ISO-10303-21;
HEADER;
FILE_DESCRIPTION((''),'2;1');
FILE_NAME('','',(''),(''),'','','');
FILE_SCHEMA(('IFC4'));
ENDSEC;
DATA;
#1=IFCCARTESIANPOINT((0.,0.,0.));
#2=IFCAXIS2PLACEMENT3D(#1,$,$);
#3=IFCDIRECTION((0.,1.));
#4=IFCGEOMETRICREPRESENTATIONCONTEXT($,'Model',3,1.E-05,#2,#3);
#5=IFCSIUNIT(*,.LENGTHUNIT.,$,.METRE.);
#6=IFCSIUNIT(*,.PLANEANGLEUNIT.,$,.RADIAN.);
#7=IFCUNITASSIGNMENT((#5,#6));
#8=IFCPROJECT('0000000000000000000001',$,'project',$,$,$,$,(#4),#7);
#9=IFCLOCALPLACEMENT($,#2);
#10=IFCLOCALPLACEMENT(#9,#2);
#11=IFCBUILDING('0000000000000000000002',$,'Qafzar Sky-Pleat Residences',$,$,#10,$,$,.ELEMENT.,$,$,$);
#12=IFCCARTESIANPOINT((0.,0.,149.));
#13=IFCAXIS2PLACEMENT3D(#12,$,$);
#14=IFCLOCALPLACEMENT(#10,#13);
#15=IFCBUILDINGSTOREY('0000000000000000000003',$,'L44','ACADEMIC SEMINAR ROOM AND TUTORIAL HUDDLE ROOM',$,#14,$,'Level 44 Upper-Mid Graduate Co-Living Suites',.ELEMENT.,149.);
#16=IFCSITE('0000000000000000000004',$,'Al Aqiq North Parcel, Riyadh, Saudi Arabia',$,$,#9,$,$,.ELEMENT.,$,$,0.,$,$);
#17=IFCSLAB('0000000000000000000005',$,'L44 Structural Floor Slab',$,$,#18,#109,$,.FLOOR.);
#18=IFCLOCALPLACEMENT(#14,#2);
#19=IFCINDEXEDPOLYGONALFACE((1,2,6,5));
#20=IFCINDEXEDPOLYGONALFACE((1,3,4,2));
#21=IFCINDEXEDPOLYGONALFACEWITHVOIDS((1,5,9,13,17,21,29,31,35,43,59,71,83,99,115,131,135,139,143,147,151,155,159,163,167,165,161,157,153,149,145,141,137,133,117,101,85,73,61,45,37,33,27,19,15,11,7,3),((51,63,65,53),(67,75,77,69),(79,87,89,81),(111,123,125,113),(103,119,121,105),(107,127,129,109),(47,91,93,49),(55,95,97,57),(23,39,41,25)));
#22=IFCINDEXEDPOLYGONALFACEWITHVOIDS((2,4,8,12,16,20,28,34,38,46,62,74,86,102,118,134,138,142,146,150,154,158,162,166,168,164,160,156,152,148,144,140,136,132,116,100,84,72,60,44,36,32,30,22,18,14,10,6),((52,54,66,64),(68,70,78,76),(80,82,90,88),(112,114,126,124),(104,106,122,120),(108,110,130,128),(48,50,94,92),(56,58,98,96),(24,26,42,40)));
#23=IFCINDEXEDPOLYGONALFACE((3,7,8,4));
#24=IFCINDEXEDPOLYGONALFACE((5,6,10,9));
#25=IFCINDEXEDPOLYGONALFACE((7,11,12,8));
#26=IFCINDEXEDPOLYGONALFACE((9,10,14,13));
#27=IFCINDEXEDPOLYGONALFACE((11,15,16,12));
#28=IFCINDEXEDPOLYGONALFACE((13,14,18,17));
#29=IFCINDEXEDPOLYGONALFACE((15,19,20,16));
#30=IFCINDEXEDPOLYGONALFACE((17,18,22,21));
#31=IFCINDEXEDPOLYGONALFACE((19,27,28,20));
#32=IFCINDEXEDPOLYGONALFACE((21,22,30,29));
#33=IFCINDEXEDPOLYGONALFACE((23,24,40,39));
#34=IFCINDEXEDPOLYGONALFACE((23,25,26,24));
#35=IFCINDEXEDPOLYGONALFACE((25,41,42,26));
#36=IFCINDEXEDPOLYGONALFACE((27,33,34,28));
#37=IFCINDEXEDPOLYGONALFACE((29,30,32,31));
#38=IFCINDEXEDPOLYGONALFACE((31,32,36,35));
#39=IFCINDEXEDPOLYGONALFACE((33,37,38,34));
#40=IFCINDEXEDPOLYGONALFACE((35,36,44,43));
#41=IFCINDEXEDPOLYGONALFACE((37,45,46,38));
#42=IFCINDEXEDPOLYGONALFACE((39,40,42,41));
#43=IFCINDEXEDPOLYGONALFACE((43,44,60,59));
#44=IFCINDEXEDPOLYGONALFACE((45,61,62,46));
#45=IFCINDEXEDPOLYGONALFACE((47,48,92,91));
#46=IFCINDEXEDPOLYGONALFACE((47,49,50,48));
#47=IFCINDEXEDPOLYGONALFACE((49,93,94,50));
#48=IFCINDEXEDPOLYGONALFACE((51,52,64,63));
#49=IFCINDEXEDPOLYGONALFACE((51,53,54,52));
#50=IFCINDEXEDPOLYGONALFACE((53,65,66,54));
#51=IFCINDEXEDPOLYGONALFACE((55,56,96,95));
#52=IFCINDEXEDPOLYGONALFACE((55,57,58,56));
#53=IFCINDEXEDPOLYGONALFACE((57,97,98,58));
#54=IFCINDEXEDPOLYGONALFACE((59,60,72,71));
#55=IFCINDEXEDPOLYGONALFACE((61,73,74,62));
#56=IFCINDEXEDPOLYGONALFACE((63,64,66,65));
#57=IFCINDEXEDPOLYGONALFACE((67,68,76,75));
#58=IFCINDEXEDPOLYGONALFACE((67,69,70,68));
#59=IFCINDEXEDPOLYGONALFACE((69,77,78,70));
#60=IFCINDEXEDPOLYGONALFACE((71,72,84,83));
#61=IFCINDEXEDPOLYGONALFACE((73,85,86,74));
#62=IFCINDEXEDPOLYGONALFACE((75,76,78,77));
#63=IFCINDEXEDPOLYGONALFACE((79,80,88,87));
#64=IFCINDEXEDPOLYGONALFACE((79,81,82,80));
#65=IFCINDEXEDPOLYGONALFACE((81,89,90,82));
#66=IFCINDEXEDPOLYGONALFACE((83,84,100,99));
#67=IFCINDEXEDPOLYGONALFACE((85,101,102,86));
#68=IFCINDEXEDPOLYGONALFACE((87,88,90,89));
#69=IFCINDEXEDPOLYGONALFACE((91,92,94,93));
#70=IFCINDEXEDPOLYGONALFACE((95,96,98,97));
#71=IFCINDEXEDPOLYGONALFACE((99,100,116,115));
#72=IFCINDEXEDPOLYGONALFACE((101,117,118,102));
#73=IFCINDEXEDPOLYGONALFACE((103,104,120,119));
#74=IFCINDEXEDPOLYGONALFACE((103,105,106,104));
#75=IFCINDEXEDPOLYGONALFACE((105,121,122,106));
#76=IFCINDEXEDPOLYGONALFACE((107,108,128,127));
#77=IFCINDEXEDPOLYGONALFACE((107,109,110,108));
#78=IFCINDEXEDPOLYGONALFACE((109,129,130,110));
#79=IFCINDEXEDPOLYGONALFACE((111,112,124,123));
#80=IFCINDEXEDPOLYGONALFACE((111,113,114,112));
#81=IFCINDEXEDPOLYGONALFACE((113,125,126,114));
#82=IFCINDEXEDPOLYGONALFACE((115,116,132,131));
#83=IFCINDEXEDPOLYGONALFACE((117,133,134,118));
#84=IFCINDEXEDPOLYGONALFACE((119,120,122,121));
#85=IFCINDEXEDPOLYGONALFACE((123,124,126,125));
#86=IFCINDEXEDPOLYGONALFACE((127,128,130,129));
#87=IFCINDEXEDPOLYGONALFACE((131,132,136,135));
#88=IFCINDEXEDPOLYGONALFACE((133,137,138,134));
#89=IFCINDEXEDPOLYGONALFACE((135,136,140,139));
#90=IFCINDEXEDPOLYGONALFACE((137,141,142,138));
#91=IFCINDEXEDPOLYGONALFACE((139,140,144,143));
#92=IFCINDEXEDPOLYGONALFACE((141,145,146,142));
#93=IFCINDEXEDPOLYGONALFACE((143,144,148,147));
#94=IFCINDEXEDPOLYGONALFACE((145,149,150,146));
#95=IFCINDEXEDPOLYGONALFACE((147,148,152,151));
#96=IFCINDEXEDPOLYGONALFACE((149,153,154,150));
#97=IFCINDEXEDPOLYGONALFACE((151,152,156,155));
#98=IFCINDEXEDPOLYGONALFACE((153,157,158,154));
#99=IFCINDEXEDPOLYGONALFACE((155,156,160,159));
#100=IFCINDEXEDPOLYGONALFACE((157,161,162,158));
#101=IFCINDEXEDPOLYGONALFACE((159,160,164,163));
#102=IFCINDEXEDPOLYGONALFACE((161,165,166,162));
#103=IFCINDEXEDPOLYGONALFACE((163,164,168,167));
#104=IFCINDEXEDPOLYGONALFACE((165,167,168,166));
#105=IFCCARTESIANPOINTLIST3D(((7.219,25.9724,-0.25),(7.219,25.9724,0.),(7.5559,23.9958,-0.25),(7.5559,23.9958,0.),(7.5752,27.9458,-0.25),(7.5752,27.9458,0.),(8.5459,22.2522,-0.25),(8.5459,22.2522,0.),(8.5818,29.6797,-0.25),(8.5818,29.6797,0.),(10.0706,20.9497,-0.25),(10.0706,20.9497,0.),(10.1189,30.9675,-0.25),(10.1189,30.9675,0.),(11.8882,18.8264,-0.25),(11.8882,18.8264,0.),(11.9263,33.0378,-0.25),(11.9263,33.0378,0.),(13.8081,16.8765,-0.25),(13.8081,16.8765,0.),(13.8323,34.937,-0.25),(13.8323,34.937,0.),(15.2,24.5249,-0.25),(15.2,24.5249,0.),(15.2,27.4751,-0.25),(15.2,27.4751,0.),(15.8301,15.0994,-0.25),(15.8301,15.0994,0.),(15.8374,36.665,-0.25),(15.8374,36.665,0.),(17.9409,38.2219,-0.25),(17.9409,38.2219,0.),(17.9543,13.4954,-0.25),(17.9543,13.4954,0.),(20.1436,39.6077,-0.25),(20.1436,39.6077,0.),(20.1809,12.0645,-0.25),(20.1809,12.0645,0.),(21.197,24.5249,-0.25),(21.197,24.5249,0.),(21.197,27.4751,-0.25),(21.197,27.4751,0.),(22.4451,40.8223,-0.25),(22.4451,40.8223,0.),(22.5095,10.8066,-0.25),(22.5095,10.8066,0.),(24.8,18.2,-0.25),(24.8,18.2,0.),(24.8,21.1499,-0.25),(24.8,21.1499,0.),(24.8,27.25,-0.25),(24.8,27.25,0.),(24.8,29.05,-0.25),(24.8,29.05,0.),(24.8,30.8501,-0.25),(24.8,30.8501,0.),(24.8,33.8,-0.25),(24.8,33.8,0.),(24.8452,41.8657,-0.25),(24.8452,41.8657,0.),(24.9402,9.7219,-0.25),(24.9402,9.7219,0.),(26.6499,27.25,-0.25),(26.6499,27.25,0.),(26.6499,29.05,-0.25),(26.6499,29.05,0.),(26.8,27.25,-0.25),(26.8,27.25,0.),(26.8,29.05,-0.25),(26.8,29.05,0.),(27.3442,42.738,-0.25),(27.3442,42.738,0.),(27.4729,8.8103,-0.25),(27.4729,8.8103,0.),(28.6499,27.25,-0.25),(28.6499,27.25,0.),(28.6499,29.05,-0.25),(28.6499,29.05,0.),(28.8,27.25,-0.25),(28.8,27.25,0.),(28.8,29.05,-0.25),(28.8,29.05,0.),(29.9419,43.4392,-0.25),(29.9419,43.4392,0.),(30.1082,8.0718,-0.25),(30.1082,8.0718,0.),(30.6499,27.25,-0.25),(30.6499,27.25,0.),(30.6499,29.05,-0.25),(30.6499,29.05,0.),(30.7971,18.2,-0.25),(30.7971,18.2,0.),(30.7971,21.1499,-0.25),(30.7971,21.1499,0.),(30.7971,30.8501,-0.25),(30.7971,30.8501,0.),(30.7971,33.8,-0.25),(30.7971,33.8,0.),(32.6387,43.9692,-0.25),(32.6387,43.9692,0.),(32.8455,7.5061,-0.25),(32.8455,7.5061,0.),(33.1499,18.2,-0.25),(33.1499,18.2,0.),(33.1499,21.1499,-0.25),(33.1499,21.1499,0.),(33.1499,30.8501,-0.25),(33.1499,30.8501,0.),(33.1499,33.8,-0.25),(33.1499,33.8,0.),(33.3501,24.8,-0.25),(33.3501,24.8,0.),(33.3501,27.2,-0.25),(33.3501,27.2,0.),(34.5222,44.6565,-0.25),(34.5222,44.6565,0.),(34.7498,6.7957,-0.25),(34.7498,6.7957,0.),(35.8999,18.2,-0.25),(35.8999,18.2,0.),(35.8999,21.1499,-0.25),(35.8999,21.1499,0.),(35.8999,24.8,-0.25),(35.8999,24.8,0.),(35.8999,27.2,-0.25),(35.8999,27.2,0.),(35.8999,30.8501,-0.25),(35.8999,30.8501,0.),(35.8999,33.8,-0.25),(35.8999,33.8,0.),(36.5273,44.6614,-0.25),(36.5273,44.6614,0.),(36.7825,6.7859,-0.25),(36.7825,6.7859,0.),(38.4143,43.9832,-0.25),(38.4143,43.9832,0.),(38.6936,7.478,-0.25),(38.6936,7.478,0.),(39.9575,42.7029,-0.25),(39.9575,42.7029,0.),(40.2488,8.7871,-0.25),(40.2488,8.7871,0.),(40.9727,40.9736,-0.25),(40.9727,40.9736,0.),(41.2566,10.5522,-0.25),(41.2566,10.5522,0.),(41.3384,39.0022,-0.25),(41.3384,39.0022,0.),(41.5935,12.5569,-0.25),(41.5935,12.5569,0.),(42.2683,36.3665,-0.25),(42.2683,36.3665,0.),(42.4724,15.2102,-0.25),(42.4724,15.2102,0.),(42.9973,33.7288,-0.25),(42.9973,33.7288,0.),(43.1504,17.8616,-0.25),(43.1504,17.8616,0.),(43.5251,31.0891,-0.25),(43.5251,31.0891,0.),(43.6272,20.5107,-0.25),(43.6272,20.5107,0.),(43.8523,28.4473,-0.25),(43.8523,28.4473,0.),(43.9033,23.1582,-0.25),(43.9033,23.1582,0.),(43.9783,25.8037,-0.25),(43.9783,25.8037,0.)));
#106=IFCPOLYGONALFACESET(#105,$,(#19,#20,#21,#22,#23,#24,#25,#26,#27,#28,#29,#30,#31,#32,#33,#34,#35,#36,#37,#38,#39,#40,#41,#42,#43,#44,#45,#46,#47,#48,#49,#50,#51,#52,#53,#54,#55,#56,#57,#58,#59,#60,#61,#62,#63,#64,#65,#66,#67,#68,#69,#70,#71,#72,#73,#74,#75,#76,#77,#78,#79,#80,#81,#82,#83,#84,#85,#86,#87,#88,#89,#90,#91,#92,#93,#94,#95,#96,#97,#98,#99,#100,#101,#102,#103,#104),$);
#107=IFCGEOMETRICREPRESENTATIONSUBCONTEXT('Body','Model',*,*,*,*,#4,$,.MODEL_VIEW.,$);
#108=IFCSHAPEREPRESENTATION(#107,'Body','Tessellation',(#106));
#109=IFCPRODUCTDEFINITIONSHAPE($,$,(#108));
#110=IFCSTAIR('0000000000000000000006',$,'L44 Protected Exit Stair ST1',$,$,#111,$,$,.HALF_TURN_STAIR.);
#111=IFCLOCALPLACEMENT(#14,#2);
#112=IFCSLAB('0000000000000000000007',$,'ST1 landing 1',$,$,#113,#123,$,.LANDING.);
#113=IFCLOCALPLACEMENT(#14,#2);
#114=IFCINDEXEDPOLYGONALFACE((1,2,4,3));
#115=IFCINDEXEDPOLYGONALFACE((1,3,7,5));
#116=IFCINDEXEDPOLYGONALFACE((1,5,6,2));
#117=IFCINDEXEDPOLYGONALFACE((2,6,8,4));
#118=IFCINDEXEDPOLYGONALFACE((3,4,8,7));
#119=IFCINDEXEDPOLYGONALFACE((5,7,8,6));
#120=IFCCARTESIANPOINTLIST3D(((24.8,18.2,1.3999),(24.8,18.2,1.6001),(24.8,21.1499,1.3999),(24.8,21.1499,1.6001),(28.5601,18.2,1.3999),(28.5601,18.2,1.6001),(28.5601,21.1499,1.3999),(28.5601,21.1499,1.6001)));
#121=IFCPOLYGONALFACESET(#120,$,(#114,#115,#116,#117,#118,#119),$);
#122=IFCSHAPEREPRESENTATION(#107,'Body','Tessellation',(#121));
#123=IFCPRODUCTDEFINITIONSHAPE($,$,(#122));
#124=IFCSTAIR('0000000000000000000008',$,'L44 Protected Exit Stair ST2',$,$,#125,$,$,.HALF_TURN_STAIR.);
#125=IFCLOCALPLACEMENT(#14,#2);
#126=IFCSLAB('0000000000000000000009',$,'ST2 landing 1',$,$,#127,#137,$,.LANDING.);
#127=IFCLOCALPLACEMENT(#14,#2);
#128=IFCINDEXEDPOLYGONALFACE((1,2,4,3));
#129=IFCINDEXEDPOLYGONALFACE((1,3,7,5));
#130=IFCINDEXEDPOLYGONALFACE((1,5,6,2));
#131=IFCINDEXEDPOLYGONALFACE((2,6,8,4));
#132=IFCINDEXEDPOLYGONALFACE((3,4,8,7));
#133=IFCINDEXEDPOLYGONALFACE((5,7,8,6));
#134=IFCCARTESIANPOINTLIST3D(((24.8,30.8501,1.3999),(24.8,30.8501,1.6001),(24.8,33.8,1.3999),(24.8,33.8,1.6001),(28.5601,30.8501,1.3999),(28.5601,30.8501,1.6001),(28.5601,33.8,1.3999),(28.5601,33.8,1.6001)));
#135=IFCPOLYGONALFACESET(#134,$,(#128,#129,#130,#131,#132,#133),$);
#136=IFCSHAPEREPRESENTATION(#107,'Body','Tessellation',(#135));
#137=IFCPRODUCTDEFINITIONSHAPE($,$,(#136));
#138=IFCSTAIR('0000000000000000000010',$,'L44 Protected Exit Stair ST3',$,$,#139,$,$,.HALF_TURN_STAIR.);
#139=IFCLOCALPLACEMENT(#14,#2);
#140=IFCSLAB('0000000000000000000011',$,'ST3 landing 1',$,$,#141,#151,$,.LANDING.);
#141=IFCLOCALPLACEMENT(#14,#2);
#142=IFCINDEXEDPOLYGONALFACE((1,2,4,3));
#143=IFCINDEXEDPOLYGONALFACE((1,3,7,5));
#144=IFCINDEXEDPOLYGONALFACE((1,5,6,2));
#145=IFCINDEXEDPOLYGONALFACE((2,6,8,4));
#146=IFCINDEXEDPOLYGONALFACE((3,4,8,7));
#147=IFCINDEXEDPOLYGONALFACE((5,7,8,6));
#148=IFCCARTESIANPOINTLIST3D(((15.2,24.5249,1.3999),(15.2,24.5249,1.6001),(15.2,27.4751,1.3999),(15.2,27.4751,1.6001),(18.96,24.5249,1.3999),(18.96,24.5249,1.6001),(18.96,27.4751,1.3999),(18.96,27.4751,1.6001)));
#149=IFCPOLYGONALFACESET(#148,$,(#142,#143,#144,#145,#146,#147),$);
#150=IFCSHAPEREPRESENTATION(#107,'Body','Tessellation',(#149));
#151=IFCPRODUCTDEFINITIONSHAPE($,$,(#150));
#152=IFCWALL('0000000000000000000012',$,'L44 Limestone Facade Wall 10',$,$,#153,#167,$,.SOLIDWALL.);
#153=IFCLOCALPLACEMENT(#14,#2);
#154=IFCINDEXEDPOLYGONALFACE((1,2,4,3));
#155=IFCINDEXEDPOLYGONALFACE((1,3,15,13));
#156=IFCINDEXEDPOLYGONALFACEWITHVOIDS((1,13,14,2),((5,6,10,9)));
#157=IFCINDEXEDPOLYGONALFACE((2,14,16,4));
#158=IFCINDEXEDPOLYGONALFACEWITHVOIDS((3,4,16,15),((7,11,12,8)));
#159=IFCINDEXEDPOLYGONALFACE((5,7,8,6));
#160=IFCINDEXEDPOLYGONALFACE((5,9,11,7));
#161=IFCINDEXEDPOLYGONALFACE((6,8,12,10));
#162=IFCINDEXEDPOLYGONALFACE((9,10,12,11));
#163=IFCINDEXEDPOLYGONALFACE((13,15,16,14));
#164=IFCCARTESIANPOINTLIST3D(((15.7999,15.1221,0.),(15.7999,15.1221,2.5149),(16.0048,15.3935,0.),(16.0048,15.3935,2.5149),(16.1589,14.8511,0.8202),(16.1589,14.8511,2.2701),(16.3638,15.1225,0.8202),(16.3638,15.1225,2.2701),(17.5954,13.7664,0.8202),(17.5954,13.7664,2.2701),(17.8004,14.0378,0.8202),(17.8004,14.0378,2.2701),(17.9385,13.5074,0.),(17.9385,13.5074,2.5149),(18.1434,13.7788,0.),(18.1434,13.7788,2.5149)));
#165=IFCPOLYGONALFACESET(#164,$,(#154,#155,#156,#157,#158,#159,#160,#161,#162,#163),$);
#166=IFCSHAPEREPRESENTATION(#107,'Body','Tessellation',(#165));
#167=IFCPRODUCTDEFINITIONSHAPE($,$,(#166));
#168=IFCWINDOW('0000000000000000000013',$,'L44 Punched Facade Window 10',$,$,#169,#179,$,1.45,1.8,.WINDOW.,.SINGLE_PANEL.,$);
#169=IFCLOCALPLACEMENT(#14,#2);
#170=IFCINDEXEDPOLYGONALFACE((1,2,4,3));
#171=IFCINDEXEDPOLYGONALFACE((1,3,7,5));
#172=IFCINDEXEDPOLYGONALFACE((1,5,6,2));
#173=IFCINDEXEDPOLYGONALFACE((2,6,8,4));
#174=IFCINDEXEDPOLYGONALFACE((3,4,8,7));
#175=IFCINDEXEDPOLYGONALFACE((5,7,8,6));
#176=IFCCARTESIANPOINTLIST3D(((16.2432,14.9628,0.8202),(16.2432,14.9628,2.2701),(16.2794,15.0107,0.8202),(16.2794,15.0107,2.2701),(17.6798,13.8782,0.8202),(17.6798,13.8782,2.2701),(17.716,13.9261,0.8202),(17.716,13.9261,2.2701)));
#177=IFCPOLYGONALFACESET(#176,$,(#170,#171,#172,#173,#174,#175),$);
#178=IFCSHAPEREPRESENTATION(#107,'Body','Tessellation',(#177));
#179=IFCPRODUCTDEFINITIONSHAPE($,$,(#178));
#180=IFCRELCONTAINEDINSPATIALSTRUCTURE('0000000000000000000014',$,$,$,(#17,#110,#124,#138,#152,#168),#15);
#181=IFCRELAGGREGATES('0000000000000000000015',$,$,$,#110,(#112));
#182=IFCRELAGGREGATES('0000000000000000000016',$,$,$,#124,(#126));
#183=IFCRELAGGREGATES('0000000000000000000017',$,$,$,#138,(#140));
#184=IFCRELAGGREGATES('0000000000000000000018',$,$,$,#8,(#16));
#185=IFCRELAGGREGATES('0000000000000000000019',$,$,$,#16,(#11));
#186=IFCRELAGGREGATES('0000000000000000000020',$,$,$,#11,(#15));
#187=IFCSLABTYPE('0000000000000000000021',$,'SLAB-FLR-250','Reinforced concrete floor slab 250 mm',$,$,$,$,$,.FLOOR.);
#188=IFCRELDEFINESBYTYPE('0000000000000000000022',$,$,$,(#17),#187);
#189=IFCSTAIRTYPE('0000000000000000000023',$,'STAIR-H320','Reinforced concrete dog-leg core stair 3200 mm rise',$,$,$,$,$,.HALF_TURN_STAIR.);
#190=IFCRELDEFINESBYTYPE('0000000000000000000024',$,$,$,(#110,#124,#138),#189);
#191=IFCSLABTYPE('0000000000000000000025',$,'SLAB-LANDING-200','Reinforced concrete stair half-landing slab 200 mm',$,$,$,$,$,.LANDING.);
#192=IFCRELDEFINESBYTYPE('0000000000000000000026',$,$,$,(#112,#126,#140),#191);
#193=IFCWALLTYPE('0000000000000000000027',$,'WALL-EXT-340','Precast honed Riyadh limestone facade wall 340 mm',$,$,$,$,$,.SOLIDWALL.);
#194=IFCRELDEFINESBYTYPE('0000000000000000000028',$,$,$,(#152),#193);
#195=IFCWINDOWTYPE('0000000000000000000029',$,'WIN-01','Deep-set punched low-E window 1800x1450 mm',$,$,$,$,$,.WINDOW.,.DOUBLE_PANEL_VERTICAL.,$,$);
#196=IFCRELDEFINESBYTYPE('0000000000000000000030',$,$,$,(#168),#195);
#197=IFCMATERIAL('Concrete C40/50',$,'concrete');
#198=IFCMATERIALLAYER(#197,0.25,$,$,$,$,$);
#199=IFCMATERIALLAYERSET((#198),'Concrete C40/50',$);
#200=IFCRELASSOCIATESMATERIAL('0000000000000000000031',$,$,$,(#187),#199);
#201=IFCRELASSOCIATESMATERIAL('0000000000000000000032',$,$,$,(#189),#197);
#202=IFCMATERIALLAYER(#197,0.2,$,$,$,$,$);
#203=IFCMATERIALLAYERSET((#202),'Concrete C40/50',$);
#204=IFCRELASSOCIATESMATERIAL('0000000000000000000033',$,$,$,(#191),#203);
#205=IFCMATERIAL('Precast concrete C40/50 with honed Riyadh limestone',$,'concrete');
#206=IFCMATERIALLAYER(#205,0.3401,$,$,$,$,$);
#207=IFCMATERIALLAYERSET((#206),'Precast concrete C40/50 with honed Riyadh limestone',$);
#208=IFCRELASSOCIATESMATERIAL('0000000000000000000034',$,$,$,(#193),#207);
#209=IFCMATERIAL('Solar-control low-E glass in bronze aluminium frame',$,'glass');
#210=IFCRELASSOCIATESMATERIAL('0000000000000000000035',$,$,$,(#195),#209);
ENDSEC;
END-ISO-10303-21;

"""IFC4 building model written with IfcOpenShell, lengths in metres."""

from ifc_helpers import new_model, si_unit, direction, frame, frame_2d, origin, place, context, subcontext, project, spatial, polyline, rectangle, outline, extrude, source, transform, mapped, material, layer, layer_set, type_object, element, fill, aggregate, save


model = new_model("IFC4")

# Units and contexts
model_context = context("Model", 3, precision=1e-05, world=origin(), true_north=direction((0.0, 1.0)))
body_context = subcontext(model_context, "Body", "Model", "MODEL_VIEW")
ifc_project = project(units=[si_unit("LENGTHUNIT", "METRE"), si_unit("PLANEANGLEUNIT", "RADIAN")], contexts=[model_context])

# Site, building, storey
site_placement = place(None, origin())
site = spatial("IfcSite", under=ifc_project, at=site_placement, Name="Al Aqiq North Parcel, Riyadh, Saudi Arabia", CompositionType="ELEMENT", RefElevation=0.0)
building_placement = place(site_placement, origin())
building = spatial("IfcBuilding", under=site, at=building_placement, Name="Qafzar Sky-Pleat Residences", CompositionType="ELEMENT")
storey_placement = place(building_placement, frame((0.0, 0.0, 149.0)))
storey = spatial("IfcBuildingStorey", under=building, at=storey_placement, Name="L44", Description="ACADEMIC SEMINAR ROOM AND TUTORIAL HUDDLE ROOM", LongName="Level 44 Upper-Mid Graduate Co-Living Suites", CompositionType="ELEMENT", Elevation=149.0)

# Slab
ifc_material_1 = material(Name="Concrete C40/50", Category="concrete")
ifc_layer_1 = layer(ifc_material_1, 0.25)
ifc_layer_set_1 = layer_set([ifc_layer_1], Name="Concrete C40/50")
slab_type_1 = type_object("IfcSlabType", Name="SLAB-FLR-250", Description="Reinforced concrete floor slab 250 mm", PredefinedType="FLOOR", material=ifc_layer_set_1)
slab_1_placement = place(storey_placement, frame((0.0, 0.0, -0.25)))
element("IfcSlab", 1, at=slab_1_placement, inside=storey, type_object=slab_type_1, Name="L44 Structural Floor Slab", PredefinedType="FLOOR", context=body_context, shape_type="SweptSolid", body=[
    extrude(outline(polyline([(10.1189, 30.9675), (8.5818, 29.6797), (7.5752, 27.9458), (7.219, 25.9724), (7.5559, 23.9958), (8.5459, 22.2522), (10.0706, 20.9497), (11.8882, 18.8264), (13.8081, 16.8765), (15.8301, 15.0994), (17.9543, 13.4954), (20.1809, 12.0645), (22.5095, 10.8066), (24.9402, 9.7219), (27.4729, 8.8103), (30.1082, 8.0718), (32.8455, 7.5061), (34.7498, 6.7957), (36.7825, 6.7859), (38.6936, 7.478), (40.2488, 8.7871), (41.2566, 10.5522), (41.5935, 12.5569), (42.4724, 15.2102), (43.1504, 17.8616), (43.6272, 20.5107), (43.9033, 23.1582), (43.9783, 25.8037), (43.8523, 28.4473), (43.5251, 31.0891), (42.9973, 33.7288), (42.2683, 36.3665), (41.3384, 39.0022), (40.9727, 40.9736), (39.9575, 42.7029), (38.4143, 43.9832), (36.5273, 44.6614), (34.5222, 44.6565), (32.6387, 43.9692), (29.9419, 43.4392), (27.3442, 42.738), (24.8452, 41.8657), (22.4451, 40.8223), (20.1436, 39.6077), (17.9409, 38.2219), (15.8374, 36.665), (13.8323, 34.937), (11.9263, 33.0378), (10.1189, 30.9675)]), holes=[polyline([(30.7971, 21.1499), (24.8, 21.1499), (24.8, 18.2), (30.7971, 18.2), (30.7971, 21.1499)]), polyline([(30.7971, 33.8), (24.8, 33.8), (24.8, 30.8501), (30.7971, 30.8501), (30.7971, 33.8)]), polyline([(21.197, 27.4751), (15.2, 27.4751), (15.2, 24.5249), (21.197, 24.5249), (21.197, 27.4751)]), polyline([(24.8, 27.25), (26.6499, 27.25), (26.6499, 29.05), (24.8, 29.05), (24.8, 27.25)]), polyline([(26.8, 27.25), (28.6499, 27.25), (28.6499, 29.05), (26.8, 29.05), (26.8, 27.25)]), polyline([(28.8, 27.25), (30.6499, 27.25), (30.6499, 29.05), (28.8, 29.05), (28.8, 27.25)]), polyline([(33.1499, 18.2), (35.8999, 18.2), (35.8999, 21.1499), (33.1499, 21.1499), (33.1499, 18.2)]), polyline([(33.1499, 30.8501), (35.8999, 30.8501), (35.8999, 33.8), (33.1499, 33.8), (33.1499, 30.8501)]), polyline([(33.3501, 24.8), (35.8999, 24.8), (35.8999, 27.2), (33.3501, 27.2), (33.3501, 24.8)])]), origin(), (0.0, 0.0, 1.0), 0.25),
])

# Stairs, slabs
stair_type = type_object("IfcStairType", Name="STAIR-H320", Description="Reinforced concrete dog-leg core stair 3200 mm rise", PredefinedType="HALF_TURN_STAIR", material=ifc_material_1)
stair_1_placement = place(storey_placement, origin())
stair_1 = element("IfcStair", 2, at=stair_1_placement, inside=storey, type_object=stair_type, Name="L44 Protected Exit Stair ST1", PredefinedType="HALF_TURN_STAIR")
ifc_layer_2 = layer(ifc_material_1, 0.2)
ifc_layer_set_2 = layer_set([ifc_layer_2], Name="Concrete C40/50")
slab_type_2 = type_object("IfcSlabType", Name="SLAB-LANDING-200", Description="Reinforced concrete stair half-landing slab 200 mm", PredefinedType="LANDING", material=ifc_layer_set_2)
slab_2_placement = place(storey_placement, frame((0.0, 0.0, 1.3999)))
slab_2 = element("IfcSlab", 3, at=slab_2_placement, type_object=slab_type_2, Name="ST1 landing 1", PredefinedType="LANDING", context=body_context, shape_type="SweptSolid", body=[
    extrude(outline(polyline([(28.5601, 21.1499), (24.8, 21.1499), (24.8, 18.2), (28.5601, 18.2), (28.5601, 21.1499)])), origin(), (0.0, 0.0, 1.0), 0.2002),
])
aggregate(stair_1, [slab_2])
stair_2_placement = place(storey_placement, origin())
stair_2 = element("IfcStair", 4, at=stair_2_placement, inside=storey, type_object=stair_type, Name="L44 Protected Exit Stair ST2", PredefinedType="HALF_TURN_STAIR")
slab_3_placement = place(storey_placement, frame((0.0, 0.0, 1.3999)))
slab_3 = element("IfcSlab", 5, at=slab_3_placement, type_object=slab_type_2, Name="ST2 landing 1", PredefinedType="LANDING", context=body_context, shape_type="SweptSolid", body=[
    extrude(outline(polyline([(28.5601, 33.8), (24.8, 33.8), (24.8, 30.8501), (28.5601, 30.8501), (28.5601, 33.8)])), origin(), (0.0, 0.0, 1.0), 0.2002),
])
aggregate(stair_2, [slab_3])
stair_3_placement = place(storey_placement, origin())
stair_3 = element("IfcStair", 6, at=stair_3_placement, inside=storey, type_object=stair_type, Name="L44 Protected Exit Stair ST3", PredefinedType="HALF_TURN_STAIR")
slab_4_placement = place(storey_placement, frame((0.0, 0.0, 1.3999)))
slab_4 = element("IfcSlab", 7, at=slab_4_placement, type_object=slab_type_2, Name="ST3 landing 1", PredefinedType="LANDING", context=body_context, shape_type="SweptSolid", body=[
    extrude(outline(polyline([(18.96, 27.4751), (15.2, 27.4751), (15.2, 24.5249), (18.96, 24.5249), (18.96, 27.4751)])), origin(), (0.0, 0.0, 1.0), 0.2002),
])
aggregate(stair_3, [slab_4])

# Wall, opening, window
ifc_material_2 = material(Name="Precast concrete C40/50 with honed Riyadh limestone", Category="concrete")
ifc_layer_3 = layer(ifc_material_2, 0.3401)
ifc_layer_set_3 = layer_set([ifc_layer_3], Name="Precast concrete C40/50 with honed Riyadh limestone")
wall_type = type_object("IfcWallType", Name="WALL-EXT-340", Description="Precast honed Riyadh limestone facade wall 340 mm", PredefinedType="SOLIDWALL", material=ifc_layer_set_3)
wall_placement = place(storey_placement, frame((15.9023, 15.2578, 0.0), z_axis=(0.0, 0.0, 1.0), x_axis=(0.798072, -0.602562, 0.0)))
wall = element("IfcWall", 8, at=wall_placement, inside=storey, type_object=wall_type, Name="L44 Limestone Facade Wall 10", PredefinedType="SOLIDWALL", context=body_context, shape_type="SweptSolid", body=[
    extrude(rectangle(XDim=2.6797, YDim=0.3401, at=frame_2d((1.3398, 0.0))), origin(), (0.0, 0.0, 1.0), 2.5149),
])
opening_placement = place(wall_placement, frame((0.45, 0.0, 0.8201)))
opening = element("IfcOpeningElement", 9, at=opening_placement, cuts=wall, PredefinedType="OPENING", context=body_context, shape_type="SweptSolid", body=[
    extrude(rectangle(XDim=1.8, YDim=1.45, at=frame_2d((0.8999, 0.7251))), frame((0.0, 0.1802, 0.0), z_axis=(0.0, -1.0, 0.0), x_axis=(1.0, 0.0, 0.0)), (0.0, 0.0, 1.0), 0.3601),
])
ifc_material_3 = material(Name="Solar-control low-E glass in bronze aluminium frame", Category="glass")
window_type = type_object("IfcWindowType", Name="WIN-01", Description="Deep-set punched low-E window 1800x1450 mm", PartitioningType="DOUBLE_PANEL_VERTICAL", PredefinedType="WINDOW", material=ifc_material_3)
shared_shape_1 = source(origin(), body_context, "Body", "SweptSolid", [
    extrude(rectangle(XDim=1.8, YDim=1.45, at=frame_2d((0.8999, 0.7251))), frame((0.0, 0.03, 0.0), z_axis=(0.0, -1.0, 0.0), x_axis=(1.0, 0.0, 0.0)), (0.0, 0.0, 1.0), 0.0601),
])
window_placement = place(opening_placement, origin())
window = element("IfcWindow", 10, at=window_placement, inside=storey, type_object=window_type, Name="L44 Punched Facade Window 10", OverallHeight=1.45, OverallWidth=1.8, PartitioningType="SINGLE_PANEL", PredefinedType="WINDOW", context=body_context, shape_type="MappedRepresentation", body=[
    mapped(shared_shape_1, transform((0.0, 0.0, 0.0), x_axis=(1.0, 0.0, 0.0), y_axis=(0.0, 1.0, 0.0), z_axis=(0.0, 0.0, 1.0), scale=1.0)),
])
fill(opening, window)

save(model, "model.ifc")
